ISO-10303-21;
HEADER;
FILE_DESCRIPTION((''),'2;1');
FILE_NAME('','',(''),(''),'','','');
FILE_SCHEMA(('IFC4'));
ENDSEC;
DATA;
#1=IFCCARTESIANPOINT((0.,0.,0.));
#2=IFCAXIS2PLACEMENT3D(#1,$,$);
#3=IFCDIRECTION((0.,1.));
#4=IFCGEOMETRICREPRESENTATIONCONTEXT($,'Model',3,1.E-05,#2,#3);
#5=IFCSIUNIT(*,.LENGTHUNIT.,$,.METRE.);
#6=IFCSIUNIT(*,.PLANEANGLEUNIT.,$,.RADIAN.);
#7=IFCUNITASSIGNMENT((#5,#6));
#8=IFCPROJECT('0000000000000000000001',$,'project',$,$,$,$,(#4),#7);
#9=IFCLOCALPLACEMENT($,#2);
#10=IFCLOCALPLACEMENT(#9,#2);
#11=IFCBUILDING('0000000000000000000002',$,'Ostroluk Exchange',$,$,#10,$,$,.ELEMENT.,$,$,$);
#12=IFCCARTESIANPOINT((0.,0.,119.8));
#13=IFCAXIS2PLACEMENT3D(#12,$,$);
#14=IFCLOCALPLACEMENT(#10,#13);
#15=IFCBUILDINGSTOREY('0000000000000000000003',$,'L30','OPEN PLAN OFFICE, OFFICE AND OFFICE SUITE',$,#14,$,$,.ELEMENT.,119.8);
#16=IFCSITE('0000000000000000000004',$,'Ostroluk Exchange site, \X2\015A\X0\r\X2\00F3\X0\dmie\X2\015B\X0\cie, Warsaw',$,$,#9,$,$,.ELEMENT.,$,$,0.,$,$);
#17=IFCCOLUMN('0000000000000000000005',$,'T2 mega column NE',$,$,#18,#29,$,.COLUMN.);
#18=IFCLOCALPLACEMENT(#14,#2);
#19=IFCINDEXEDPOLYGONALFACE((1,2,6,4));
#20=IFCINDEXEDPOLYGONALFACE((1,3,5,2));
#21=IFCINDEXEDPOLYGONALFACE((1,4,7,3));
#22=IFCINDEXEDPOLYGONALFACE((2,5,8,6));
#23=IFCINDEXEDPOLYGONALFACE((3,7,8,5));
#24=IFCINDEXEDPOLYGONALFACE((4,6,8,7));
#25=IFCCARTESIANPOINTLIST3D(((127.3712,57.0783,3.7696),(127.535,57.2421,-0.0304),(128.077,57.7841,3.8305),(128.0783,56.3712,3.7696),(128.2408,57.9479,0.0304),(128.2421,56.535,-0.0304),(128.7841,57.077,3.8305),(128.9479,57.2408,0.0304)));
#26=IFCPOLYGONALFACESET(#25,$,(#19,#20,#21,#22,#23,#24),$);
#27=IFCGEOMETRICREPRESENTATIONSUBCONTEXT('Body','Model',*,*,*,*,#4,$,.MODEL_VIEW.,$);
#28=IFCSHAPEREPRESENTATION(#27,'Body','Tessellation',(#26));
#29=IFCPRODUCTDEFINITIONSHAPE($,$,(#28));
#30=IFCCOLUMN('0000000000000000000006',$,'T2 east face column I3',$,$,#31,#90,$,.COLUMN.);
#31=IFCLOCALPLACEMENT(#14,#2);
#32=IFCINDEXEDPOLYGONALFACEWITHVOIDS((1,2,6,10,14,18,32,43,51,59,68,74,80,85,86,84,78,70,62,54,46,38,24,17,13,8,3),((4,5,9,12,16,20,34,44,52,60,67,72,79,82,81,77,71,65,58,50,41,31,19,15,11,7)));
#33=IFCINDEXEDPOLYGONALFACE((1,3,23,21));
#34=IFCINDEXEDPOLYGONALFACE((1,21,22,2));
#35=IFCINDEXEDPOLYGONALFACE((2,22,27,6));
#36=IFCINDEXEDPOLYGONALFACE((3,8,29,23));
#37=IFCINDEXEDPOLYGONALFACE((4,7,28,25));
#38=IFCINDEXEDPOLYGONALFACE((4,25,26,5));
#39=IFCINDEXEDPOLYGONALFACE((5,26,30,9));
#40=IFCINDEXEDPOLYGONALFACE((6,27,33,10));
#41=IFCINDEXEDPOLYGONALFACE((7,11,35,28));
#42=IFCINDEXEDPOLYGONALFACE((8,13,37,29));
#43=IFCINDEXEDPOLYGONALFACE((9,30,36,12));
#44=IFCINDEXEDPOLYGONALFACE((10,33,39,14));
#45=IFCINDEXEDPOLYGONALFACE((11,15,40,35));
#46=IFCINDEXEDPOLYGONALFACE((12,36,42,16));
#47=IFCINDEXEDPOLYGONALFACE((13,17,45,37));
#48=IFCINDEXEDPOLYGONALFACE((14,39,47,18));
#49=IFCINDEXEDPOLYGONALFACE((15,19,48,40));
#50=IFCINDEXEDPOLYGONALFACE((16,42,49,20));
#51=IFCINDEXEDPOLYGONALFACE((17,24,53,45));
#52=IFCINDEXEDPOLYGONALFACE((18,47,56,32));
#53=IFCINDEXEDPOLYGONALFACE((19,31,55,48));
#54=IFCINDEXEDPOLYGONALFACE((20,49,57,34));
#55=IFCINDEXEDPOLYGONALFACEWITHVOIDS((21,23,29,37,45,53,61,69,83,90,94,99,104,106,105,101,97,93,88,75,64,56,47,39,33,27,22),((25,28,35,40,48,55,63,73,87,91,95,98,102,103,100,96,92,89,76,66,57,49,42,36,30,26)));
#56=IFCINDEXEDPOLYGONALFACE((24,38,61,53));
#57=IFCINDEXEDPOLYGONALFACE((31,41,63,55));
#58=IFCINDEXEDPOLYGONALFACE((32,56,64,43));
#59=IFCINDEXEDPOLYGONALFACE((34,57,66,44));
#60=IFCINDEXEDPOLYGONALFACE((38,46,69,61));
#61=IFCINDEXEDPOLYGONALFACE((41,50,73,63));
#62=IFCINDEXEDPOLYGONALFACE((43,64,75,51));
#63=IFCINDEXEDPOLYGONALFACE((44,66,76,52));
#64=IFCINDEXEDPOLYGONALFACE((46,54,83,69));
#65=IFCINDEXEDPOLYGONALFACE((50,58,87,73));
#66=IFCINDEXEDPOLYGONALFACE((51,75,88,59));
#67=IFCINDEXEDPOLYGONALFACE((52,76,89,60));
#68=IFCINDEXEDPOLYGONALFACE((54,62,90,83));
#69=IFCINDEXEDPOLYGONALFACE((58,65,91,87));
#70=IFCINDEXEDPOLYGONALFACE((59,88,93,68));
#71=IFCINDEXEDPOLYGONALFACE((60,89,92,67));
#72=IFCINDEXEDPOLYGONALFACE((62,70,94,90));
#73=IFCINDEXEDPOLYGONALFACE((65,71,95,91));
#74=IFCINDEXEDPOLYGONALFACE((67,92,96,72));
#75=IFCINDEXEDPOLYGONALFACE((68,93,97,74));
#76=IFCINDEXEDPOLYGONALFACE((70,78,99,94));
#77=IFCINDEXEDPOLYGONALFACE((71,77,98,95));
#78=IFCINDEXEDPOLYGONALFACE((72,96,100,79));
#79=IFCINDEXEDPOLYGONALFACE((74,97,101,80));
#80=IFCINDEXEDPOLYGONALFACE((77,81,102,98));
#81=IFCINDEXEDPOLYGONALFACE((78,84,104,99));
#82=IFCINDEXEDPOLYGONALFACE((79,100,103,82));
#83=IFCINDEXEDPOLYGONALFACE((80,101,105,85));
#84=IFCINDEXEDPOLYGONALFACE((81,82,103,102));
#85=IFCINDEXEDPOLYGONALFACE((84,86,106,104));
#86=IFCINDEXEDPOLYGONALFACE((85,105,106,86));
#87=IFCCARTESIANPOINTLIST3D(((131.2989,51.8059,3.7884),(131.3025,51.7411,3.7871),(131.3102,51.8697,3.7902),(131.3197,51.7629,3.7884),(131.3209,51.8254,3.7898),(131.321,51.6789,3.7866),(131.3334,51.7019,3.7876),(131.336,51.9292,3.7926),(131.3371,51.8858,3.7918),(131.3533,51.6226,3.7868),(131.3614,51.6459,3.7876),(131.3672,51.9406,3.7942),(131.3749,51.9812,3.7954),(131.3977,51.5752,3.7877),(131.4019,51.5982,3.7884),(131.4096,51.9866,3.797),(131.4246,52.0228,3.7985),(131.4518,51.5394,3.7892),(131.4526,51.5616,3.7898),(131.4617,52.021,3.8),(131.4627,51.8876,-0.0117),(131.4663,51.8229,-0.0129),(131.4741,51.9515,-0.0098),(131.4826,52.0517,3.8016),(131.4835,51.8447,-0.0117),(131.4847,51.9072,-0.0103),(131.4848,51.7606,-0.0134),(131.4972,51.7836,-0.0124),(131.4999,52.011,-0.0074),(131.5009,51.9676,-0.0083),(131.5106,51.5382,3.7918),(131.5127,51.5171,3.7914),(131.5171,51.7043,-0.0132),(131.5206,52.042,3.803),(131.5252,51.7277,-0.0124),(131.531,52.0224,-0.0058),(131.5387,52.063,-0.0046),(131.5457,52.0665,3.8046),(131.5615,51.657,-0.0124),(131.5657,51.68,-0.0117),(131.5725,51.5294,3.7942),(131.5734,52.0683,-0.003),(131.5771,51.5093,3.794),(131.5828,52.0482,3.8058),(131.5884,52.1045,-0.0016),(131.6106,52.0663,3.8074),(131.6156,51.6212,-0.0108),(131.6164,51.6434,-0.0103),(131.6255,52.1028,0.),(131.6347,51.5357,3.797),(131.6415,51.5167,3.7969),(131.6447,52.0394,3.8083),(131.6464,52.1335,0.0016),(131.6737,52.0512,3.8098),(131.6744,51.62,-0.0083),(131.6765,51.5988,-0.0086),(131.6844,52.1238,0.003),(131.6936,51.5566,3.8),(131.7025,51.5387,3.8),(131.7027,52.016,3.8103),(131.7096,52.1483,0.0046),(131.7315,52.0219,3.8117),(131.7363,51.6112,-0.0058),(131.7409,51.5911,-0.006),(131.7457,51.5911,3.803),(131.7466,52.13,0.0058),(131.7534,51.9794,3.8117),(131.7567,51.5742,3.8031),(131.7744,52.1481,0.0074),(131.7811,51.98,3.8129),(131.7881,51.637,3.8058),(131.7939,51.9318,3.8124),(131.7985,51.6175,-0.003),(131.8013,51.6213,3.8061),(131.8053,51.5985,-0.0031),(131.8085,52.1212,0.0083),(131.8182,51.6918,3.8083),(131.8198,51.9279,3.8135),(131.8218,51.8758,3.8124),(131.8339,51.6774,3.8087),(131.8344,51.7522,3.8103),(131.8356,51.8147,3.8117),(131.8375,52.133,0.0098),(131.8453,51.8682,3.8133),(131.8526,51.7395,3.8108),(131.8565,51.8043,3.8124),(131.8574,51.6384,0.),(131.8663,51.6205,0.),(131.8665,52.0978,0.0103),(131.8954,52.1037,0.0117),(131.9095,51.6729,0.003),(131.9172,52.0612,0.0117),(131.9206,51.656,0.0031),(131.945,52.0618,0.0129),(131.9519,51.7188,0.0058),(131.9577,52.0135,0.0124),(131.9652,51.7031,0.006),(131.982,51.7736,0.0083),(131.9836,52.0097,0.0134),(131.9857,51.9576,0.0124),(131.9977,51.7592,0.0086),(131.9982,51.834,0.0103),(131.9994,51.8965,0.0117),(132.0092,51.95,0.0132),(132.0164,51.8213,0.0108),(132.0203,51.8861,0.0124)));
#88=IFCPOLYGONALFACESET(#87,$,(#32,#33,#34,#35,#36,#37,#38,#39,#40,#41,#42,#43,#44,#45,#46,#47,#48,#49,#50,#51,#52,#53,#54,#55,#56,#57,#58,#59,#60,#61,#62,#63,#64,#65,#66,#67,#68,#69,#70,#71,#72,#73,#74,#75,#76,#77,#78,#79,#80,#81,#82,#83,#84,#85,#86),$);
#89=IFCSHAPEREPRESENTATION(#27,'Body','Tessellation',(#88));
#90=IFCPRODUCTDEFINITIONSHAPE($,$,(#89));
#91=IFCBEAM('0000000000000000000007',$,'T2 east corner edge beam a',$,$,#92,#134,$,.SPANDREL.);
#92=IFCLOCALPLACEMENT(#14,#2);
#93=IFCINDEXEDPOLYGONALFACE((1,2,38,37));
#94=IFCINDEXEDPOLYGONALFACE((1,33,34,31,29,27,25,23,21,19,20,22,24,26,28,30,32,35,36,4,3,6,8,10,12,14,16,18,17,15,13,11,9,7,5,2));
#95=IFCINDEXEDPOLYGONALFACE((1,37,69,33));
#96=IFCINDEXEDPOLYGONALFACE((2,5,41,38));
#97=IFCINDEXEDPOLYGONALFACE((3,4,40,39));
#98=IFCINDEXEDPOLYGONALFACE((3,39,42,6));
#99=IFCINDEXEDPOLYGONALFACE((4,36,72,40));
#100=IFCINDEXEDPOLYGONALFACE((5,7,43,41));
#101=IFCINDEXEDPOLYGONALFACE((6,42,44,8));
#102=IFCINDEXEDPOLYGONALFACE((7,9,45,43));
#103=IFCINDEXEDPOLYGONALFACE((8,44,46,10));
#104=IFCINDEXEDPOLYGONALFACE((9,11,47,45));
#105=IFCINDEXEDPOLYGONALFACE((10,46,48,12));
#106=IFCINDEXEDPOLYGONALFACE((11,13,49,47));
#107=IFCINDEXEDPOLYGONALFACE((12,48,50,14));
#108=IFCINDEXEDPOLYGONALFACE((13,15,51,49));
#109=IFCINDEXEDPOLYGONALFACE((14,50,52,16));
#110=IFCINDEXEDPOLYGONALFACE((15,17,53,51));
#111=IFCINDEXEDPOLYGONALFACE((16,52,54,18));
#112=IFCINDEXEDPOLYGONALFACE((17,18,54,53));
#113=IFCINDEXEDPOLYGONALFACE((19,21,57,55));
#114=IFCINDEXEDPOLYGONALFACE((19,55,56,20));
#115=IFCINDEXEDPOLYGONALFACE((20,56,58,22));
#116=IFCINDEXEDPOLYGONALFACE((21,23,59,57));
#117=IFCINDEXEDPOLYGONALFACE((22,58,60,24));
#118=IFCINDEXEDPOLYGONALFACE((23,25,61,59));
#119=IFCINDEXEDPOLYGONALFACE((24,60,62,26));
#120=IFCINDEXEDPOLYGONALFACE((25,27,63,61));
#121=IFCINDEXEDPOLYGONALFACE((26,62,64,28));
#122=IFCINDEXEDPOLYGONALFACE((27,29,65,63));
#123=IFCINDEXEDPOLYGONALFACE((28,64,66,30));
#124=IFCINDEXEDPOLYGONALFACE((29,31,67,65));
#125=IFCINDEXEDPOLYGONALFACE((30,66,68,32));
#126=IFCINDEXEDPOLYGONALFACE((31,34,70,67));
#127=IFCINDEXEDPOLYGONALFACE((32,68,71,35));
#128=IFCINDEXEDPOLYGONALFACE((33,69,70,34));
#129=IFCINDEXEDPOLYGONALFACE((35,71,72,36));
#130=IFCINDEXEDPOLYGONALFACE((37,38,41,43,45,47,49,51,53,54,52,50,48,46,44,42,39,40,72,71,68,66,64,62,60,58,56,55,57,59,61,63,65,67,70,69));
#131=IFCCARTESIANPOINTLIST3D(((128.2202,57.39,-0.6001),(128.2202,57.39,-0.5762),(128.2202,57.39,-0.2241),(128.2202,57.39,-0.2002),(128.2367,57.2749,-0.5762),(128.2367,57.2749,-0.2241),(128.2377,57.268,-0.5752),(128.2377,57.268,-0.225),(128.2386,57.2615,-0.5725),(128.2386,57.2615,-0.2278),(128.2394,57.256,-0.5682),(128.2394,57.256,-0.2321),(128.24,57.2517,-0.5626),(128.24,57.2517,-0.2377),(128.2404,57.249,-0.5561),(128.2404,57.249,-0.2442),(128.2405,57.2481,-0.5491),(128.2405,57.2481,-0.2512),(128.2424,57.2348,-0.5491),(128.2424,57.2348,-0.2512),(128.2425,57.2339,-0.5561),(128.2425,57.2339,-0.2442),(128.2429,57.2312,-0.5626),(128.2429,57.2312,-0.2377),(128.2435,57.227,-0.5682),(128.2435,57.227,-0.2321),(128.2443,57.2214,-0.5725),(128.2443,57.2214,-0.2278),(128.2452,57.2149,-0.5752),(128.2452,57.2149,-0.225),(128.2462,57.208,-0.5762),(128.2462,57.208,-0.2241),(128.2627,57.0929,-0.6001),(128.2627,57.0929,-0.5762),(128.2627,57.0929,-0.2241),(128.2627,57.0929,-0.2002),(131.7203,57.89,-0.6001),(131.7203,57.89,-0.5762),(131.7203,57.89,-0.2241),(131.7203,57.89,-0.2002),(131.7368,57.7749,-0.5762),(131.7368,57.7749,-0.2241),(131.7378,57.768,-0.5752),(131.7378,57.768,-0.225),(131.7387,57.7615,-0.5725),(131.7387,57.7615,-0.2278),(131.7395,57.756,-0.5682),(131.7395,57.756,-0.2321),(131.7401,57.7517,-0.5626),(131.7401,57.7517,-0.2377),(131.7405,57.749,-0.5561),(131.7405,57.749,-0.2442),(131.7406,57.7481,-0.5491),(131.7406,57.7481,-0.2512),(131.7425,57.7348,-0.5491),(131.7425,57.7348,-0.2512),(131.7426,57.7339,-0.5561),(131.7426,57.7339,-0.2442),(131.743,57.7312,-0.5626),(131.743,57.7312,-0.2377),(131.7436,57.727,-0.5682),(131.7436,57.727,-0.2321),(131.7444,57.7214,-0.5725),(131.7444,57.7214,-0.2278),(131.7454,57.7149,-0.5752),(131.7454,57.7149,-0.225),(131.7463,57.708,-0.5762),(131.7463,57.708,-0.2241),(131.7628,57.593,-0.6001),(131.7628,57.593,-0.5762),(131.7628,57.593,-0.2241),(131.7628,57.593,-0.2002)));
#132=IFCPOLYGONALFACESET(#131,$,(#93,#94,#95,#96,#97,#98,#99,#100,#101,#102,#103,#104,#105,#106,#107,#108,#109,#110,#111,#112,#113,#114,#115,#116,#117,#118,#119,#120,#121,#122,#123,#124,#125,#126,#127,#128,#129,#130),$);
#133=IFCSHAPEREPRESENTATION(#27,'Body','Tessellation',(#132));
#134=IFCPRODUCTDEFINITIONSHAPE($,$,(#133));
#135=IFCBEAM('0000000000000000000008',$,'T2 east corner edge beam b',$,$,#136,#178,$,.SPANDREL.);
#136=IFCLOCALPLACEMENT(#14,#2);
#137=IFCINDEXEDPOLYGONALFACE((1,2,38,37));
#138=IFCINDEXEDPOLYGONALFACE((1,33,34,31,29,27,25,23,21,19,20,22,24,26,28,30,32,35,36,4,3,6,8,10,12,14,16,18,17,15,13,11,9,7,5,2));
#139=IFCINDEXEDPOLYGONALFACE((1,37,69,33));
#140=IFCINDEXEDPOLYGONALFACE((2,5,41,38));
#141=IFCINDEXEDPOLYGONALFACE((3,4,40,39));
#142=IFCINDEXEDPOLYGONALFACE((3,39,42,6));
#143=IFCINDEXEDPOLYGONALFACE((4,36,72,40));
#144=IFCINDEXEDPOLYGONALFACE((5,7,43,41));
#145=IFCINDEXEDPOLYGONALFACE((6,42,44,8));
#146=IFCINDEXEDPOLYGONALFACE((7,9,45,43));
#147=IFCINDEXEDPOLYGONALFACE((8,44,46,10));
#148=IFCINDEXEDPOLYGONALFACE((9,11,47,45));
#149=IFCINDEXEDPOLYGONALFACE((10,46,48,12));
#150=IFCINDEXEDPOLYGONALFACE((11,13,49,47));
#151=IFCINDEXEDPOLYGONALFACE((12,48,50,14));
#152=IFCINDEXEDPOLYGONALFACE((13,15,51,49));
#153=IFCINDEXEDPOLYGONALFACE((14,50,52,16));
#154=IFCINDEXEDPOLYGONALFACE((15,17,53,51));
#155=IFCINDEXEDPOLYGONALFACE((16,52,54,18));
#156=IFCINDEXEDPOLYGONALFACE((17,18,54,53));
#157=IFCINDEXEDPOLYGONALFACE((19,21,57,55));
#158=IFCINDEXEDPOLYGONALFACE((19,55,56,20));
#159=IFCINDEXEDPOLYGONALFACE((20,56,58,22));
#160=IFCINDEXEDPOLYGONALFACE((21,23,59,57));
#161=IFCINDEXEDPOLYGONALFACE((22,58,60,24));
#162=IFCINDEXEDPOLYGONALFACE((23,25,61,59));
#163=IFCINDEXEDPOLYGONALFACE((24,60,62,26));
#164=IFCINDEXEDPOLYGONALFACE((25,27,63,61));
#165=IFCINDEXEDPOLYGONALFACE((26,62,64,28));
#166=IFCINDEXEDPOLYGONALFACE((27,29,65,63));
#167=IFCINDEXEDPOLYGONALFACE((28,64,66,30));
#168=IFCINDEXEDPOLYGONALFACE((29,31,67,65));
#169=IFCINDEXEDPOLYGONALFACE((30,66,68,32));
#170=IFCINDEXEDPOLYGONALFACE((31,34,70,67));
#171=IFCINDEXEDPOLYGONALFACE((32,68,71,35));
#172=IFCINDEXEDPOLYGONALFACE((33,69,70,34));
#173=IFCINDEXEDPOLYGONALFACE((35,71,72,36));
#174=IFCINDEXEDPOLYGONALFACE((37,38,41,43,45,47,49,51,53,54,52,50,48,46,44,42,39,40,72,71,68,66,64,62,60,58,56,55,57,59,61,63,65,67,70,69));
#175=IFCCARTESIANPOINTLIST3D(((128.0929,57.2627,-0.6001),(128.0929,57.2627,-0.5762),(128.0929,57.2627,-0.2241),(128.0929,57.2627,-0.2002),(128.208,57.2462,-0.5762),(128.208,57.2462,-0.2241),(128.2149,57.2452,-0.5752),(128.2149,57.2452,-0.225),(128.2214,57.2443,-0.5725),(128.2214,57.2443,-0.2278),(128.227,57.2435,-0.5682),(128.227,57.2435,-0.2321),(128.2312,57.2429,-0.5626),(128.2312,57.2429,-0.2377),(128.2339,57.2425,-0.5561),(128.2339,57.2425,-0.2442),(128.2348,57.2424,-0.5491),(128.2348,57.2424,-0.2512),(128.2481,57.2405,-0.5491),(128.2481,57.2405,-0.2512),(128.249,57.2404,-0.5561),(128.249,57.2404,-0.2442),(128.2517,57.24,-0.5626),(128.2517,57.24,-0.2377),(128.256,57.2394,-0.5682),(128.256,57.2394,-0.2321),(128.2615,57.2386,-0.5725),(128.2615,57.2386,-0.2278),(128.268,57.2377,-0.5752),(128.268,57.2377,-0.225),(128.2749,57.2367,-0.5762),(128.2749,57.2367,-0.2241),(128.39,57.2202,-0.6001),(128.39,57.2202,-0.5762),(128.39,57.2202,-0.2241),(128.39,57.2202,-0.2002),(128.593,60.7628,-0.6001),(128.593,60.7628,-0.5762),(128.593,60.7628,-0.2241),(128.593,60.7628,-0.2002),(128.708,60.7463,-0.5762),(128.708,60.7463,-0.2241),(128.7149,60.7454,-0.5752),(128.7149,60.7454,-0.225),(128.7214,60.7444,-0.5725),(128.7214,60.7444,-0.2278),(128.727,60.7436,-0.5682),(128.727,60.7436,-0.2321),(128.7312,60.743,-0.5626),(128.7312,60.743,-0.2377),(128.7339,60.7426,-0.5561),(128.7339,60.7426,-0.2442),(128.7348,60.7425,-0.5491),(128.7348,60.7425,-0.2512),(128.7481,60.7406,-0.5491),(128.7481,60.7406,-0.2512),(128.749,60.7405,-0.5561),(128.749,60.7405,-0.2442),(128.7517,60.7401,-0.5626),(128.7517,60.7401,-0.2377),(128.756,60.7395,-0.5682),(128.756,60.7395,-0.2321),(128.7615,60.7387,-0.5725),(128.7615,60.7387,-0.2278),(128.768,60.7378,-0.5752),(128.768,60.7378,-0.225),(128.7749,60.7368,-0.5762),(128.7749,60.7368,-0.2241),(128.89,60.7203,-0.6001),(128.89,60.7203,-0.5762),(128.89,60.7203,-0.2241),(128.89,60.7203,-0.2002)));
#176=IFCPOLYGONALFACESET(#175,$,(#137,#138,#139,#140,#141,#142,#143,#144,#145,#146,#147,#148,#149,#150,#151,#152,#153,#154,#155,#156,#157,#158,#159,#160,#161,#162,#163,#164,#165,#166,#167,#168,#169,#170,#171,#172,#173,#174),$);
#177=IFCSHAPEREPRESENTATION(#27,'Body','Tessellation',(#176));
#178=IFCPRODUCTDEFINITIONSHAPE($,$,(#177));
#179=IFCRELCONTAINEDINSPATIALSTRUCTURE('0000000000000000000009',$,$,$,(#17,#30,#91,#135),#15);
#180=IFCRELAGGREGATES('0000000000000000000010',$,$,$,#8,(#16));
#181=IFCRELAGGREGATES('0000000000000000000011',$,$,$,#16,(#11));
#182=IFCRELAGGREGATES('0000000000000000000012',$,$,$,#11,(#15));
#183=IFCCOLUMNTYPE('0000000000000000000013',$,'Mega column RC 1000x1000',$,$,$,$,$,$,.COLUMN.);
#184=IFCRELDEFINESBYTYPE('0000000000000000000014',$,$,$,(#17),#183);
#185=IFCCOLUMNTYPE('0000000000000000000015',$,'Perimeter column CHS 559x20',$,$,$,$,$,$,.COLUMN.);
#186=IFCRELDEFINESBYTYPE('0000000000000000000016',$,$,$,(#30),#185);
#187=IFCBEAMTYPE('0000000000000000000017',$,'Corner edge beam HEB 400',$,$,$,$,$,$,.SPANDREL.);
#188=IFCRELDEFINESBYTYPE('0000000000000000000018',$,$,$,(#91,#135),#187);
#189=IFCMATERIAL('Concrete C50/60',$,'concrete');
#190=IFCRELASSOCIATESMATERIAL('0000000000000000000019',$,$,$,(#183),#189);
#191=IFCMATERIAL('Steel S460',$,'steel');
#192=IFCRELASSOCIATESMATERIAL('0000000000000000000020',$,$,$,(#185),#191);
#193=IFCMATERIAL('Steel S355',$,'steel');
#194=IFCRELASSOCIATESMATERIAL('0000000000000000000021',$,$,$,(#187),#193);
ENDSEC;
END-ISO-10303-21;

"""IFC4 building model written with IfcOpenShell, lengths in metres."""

from ifc_helpers import new_model, si_unit, direction, frame, origin, origin_2d, place, context, subcontext, project, spatial, rectangle, hollow_circle, i_section, extrude, material, material_profile, profile_set, type_object, element, save


model = new_model("IFC4")

# Units and contexts
model_context = context("Model", 3, precision=1e-05, world=origin(), true_north=direction((0.0, 1.0)))
body_context = subcontext(model_context, "Body", "Model", "MODEL_VIEW")
ifc_project = project(units=[si_unit("LENGTHUNIT", "METRE"), si_unit("PLANEANGLEUNIT", "RADIAN")], contexts=[model_context])

# Site, building, storey
site_placement = place(None, origin())
site = spatial("IfcSite", under=ifc_project, at=site_placement, Name="Ostroluk Exchange site, Śródmieście, Warsaw", CompositionType="ELEMENT", RefElevation=0.0)
building_placement = place(site_placement, origin())
building = spatial("IfcBuilding", under=site, at=building_placement, Name="Ostroluk Exchange", CompositionType="ELEMENT")
storey_placement = place(building_placement, frame((0.0, 0.0, 119.8)))
storey = spatial("IfcBuildingStorey", under=building, at=storey_placement, Name="L30", Description="OPEN PLAN OFFICE, OFFICE AND OFFICE SUITE", CompositionType="ELEMENT", Elevation=119.8)

# Columns
ifc_material_1 = material(Name="Concrete C50/60", Category="concrete")
ifc_material_profile_1 = material_profile(ifc_material_1, rectangle(XDim=1.0, YDim=1.0, at=origin_2d()), Name="RC 1000x1000")
ifc_profile_set_1 = profile_set([ifc_material_profile_1], Name="Concrete C50/60")
column_type_1 = type_object("IfcColumnType", Name="Mega column RC 1000x1000", PredefinedType="COLUMN", material=ifc_profile_set_1)
column_1_placement = place(storey_placement, frame((128.2415, 57.2415, 0.0), z_axis=(-0.04303, -0.04303, 0.998147), x_axis=(0.707107, -0.707107, 0.0)))
element("IfcColumn", 1, at=column_1_placement, inside=storey, type_object=column_type_1, Name="T2 mega column NE", PredefinedType="COLUMN", context=body_context, shape_type="SweptSolid", body=[
    extrude(rectangle(XDim=1.0, YDim=1.0, at=origin_2d()), origin(), (0.0, 0.0, 1.0), 3.8071),
])
ifc_material_2 = material(Name="Steel S460", Category="steel")
ifc_material_profile_2 = material_profile(ifc_material_2, hollow_circle(Radius=0.2795, WallThickness=0.02, at=origin_2d()), Name="CHS 559x20")
ifc_profile_set_2 = profile_set([ifc_material_profile_2], Name="Steel S460")
column_type_2 = type_object("IfcColumnType", Name="Perimeter column CHS 559x20", PredefinedType="COLUMN", material=ifc_profile_set_2)
column_2_placement = place(storey_placement, frame((131.7415, 51.8706, 0.0), z_axis=(-0.04306, -0.021498, 0.998841), x_axis=(0.44668, -0.894694, 0.0)))
element("IfcColumn", 2, at=column_2_placement, inside=storey, type_object=column_type_2, Name="T2 east face column I3", PredefinedType="COLUMN", context=body_context, shape_type="SweptSolid", body=[
    extrude(hollow_circle(Radius=0.2795, WallThickness=0.02, at=origin_2d()), origin(), (0.0, 0.0, 1.0), 3.8044),
])

# Beams
ifc_material_3 = material(Name="Steel S355", Category="steel")
ifc_material_profile_3 = material_profile(ifc_material_3, i_section(OverallWidth=0.3, OverallDepth=0.3999, WebThickness=0.0134, FlangeThickness=0.0239, FilletRadius=0.0271, at=origin_2d()), Name="HEB 400")
ifc_profile_set_3 = profile_set([ifc_material_profile_3], Name="Steel S355")
beam_type_1 = type_object("IfcBeamType", Name="Corner edge beam HEB 400", PredefinedType="SPANDREL", material=ifc_profile_set_3)
for number, where, z_axis, x_axis, name in (
    (3, (128.2415, 57.2415, -0.4001), (0.989949, 0.141421, 0.0), (-0.141421, 0.989949, 0.0), "T2 east corner edge beam a"),
    (4, (128.2415, 57.2415, -0.4001), (0.141421, 0.989949, 0.0), (-0.989949, 0.141421, 0.0), "T2 east corner edge beam b"),
):
    element("IfcBeam", number, at=place(storey_placement, frame(where, z_axis=z_axis, x_axis=x_axis)), inside=storey, type_object=beam_type_1, Name=name, PredefinedType="SPANDREL", context=body_context, shape_type="SweptSolid", body=[
        extrude(i_section(OverallWidth=0.3, OverallDepth=0.3999, WebThickness=0.0134, FlangeThickness=0.0239, FilletRadius=0.0271, at=origin_2d()), origin(), (0.0, 0.0, 1.0), 3.5356),
    ])

save(model, "model.ifc")
